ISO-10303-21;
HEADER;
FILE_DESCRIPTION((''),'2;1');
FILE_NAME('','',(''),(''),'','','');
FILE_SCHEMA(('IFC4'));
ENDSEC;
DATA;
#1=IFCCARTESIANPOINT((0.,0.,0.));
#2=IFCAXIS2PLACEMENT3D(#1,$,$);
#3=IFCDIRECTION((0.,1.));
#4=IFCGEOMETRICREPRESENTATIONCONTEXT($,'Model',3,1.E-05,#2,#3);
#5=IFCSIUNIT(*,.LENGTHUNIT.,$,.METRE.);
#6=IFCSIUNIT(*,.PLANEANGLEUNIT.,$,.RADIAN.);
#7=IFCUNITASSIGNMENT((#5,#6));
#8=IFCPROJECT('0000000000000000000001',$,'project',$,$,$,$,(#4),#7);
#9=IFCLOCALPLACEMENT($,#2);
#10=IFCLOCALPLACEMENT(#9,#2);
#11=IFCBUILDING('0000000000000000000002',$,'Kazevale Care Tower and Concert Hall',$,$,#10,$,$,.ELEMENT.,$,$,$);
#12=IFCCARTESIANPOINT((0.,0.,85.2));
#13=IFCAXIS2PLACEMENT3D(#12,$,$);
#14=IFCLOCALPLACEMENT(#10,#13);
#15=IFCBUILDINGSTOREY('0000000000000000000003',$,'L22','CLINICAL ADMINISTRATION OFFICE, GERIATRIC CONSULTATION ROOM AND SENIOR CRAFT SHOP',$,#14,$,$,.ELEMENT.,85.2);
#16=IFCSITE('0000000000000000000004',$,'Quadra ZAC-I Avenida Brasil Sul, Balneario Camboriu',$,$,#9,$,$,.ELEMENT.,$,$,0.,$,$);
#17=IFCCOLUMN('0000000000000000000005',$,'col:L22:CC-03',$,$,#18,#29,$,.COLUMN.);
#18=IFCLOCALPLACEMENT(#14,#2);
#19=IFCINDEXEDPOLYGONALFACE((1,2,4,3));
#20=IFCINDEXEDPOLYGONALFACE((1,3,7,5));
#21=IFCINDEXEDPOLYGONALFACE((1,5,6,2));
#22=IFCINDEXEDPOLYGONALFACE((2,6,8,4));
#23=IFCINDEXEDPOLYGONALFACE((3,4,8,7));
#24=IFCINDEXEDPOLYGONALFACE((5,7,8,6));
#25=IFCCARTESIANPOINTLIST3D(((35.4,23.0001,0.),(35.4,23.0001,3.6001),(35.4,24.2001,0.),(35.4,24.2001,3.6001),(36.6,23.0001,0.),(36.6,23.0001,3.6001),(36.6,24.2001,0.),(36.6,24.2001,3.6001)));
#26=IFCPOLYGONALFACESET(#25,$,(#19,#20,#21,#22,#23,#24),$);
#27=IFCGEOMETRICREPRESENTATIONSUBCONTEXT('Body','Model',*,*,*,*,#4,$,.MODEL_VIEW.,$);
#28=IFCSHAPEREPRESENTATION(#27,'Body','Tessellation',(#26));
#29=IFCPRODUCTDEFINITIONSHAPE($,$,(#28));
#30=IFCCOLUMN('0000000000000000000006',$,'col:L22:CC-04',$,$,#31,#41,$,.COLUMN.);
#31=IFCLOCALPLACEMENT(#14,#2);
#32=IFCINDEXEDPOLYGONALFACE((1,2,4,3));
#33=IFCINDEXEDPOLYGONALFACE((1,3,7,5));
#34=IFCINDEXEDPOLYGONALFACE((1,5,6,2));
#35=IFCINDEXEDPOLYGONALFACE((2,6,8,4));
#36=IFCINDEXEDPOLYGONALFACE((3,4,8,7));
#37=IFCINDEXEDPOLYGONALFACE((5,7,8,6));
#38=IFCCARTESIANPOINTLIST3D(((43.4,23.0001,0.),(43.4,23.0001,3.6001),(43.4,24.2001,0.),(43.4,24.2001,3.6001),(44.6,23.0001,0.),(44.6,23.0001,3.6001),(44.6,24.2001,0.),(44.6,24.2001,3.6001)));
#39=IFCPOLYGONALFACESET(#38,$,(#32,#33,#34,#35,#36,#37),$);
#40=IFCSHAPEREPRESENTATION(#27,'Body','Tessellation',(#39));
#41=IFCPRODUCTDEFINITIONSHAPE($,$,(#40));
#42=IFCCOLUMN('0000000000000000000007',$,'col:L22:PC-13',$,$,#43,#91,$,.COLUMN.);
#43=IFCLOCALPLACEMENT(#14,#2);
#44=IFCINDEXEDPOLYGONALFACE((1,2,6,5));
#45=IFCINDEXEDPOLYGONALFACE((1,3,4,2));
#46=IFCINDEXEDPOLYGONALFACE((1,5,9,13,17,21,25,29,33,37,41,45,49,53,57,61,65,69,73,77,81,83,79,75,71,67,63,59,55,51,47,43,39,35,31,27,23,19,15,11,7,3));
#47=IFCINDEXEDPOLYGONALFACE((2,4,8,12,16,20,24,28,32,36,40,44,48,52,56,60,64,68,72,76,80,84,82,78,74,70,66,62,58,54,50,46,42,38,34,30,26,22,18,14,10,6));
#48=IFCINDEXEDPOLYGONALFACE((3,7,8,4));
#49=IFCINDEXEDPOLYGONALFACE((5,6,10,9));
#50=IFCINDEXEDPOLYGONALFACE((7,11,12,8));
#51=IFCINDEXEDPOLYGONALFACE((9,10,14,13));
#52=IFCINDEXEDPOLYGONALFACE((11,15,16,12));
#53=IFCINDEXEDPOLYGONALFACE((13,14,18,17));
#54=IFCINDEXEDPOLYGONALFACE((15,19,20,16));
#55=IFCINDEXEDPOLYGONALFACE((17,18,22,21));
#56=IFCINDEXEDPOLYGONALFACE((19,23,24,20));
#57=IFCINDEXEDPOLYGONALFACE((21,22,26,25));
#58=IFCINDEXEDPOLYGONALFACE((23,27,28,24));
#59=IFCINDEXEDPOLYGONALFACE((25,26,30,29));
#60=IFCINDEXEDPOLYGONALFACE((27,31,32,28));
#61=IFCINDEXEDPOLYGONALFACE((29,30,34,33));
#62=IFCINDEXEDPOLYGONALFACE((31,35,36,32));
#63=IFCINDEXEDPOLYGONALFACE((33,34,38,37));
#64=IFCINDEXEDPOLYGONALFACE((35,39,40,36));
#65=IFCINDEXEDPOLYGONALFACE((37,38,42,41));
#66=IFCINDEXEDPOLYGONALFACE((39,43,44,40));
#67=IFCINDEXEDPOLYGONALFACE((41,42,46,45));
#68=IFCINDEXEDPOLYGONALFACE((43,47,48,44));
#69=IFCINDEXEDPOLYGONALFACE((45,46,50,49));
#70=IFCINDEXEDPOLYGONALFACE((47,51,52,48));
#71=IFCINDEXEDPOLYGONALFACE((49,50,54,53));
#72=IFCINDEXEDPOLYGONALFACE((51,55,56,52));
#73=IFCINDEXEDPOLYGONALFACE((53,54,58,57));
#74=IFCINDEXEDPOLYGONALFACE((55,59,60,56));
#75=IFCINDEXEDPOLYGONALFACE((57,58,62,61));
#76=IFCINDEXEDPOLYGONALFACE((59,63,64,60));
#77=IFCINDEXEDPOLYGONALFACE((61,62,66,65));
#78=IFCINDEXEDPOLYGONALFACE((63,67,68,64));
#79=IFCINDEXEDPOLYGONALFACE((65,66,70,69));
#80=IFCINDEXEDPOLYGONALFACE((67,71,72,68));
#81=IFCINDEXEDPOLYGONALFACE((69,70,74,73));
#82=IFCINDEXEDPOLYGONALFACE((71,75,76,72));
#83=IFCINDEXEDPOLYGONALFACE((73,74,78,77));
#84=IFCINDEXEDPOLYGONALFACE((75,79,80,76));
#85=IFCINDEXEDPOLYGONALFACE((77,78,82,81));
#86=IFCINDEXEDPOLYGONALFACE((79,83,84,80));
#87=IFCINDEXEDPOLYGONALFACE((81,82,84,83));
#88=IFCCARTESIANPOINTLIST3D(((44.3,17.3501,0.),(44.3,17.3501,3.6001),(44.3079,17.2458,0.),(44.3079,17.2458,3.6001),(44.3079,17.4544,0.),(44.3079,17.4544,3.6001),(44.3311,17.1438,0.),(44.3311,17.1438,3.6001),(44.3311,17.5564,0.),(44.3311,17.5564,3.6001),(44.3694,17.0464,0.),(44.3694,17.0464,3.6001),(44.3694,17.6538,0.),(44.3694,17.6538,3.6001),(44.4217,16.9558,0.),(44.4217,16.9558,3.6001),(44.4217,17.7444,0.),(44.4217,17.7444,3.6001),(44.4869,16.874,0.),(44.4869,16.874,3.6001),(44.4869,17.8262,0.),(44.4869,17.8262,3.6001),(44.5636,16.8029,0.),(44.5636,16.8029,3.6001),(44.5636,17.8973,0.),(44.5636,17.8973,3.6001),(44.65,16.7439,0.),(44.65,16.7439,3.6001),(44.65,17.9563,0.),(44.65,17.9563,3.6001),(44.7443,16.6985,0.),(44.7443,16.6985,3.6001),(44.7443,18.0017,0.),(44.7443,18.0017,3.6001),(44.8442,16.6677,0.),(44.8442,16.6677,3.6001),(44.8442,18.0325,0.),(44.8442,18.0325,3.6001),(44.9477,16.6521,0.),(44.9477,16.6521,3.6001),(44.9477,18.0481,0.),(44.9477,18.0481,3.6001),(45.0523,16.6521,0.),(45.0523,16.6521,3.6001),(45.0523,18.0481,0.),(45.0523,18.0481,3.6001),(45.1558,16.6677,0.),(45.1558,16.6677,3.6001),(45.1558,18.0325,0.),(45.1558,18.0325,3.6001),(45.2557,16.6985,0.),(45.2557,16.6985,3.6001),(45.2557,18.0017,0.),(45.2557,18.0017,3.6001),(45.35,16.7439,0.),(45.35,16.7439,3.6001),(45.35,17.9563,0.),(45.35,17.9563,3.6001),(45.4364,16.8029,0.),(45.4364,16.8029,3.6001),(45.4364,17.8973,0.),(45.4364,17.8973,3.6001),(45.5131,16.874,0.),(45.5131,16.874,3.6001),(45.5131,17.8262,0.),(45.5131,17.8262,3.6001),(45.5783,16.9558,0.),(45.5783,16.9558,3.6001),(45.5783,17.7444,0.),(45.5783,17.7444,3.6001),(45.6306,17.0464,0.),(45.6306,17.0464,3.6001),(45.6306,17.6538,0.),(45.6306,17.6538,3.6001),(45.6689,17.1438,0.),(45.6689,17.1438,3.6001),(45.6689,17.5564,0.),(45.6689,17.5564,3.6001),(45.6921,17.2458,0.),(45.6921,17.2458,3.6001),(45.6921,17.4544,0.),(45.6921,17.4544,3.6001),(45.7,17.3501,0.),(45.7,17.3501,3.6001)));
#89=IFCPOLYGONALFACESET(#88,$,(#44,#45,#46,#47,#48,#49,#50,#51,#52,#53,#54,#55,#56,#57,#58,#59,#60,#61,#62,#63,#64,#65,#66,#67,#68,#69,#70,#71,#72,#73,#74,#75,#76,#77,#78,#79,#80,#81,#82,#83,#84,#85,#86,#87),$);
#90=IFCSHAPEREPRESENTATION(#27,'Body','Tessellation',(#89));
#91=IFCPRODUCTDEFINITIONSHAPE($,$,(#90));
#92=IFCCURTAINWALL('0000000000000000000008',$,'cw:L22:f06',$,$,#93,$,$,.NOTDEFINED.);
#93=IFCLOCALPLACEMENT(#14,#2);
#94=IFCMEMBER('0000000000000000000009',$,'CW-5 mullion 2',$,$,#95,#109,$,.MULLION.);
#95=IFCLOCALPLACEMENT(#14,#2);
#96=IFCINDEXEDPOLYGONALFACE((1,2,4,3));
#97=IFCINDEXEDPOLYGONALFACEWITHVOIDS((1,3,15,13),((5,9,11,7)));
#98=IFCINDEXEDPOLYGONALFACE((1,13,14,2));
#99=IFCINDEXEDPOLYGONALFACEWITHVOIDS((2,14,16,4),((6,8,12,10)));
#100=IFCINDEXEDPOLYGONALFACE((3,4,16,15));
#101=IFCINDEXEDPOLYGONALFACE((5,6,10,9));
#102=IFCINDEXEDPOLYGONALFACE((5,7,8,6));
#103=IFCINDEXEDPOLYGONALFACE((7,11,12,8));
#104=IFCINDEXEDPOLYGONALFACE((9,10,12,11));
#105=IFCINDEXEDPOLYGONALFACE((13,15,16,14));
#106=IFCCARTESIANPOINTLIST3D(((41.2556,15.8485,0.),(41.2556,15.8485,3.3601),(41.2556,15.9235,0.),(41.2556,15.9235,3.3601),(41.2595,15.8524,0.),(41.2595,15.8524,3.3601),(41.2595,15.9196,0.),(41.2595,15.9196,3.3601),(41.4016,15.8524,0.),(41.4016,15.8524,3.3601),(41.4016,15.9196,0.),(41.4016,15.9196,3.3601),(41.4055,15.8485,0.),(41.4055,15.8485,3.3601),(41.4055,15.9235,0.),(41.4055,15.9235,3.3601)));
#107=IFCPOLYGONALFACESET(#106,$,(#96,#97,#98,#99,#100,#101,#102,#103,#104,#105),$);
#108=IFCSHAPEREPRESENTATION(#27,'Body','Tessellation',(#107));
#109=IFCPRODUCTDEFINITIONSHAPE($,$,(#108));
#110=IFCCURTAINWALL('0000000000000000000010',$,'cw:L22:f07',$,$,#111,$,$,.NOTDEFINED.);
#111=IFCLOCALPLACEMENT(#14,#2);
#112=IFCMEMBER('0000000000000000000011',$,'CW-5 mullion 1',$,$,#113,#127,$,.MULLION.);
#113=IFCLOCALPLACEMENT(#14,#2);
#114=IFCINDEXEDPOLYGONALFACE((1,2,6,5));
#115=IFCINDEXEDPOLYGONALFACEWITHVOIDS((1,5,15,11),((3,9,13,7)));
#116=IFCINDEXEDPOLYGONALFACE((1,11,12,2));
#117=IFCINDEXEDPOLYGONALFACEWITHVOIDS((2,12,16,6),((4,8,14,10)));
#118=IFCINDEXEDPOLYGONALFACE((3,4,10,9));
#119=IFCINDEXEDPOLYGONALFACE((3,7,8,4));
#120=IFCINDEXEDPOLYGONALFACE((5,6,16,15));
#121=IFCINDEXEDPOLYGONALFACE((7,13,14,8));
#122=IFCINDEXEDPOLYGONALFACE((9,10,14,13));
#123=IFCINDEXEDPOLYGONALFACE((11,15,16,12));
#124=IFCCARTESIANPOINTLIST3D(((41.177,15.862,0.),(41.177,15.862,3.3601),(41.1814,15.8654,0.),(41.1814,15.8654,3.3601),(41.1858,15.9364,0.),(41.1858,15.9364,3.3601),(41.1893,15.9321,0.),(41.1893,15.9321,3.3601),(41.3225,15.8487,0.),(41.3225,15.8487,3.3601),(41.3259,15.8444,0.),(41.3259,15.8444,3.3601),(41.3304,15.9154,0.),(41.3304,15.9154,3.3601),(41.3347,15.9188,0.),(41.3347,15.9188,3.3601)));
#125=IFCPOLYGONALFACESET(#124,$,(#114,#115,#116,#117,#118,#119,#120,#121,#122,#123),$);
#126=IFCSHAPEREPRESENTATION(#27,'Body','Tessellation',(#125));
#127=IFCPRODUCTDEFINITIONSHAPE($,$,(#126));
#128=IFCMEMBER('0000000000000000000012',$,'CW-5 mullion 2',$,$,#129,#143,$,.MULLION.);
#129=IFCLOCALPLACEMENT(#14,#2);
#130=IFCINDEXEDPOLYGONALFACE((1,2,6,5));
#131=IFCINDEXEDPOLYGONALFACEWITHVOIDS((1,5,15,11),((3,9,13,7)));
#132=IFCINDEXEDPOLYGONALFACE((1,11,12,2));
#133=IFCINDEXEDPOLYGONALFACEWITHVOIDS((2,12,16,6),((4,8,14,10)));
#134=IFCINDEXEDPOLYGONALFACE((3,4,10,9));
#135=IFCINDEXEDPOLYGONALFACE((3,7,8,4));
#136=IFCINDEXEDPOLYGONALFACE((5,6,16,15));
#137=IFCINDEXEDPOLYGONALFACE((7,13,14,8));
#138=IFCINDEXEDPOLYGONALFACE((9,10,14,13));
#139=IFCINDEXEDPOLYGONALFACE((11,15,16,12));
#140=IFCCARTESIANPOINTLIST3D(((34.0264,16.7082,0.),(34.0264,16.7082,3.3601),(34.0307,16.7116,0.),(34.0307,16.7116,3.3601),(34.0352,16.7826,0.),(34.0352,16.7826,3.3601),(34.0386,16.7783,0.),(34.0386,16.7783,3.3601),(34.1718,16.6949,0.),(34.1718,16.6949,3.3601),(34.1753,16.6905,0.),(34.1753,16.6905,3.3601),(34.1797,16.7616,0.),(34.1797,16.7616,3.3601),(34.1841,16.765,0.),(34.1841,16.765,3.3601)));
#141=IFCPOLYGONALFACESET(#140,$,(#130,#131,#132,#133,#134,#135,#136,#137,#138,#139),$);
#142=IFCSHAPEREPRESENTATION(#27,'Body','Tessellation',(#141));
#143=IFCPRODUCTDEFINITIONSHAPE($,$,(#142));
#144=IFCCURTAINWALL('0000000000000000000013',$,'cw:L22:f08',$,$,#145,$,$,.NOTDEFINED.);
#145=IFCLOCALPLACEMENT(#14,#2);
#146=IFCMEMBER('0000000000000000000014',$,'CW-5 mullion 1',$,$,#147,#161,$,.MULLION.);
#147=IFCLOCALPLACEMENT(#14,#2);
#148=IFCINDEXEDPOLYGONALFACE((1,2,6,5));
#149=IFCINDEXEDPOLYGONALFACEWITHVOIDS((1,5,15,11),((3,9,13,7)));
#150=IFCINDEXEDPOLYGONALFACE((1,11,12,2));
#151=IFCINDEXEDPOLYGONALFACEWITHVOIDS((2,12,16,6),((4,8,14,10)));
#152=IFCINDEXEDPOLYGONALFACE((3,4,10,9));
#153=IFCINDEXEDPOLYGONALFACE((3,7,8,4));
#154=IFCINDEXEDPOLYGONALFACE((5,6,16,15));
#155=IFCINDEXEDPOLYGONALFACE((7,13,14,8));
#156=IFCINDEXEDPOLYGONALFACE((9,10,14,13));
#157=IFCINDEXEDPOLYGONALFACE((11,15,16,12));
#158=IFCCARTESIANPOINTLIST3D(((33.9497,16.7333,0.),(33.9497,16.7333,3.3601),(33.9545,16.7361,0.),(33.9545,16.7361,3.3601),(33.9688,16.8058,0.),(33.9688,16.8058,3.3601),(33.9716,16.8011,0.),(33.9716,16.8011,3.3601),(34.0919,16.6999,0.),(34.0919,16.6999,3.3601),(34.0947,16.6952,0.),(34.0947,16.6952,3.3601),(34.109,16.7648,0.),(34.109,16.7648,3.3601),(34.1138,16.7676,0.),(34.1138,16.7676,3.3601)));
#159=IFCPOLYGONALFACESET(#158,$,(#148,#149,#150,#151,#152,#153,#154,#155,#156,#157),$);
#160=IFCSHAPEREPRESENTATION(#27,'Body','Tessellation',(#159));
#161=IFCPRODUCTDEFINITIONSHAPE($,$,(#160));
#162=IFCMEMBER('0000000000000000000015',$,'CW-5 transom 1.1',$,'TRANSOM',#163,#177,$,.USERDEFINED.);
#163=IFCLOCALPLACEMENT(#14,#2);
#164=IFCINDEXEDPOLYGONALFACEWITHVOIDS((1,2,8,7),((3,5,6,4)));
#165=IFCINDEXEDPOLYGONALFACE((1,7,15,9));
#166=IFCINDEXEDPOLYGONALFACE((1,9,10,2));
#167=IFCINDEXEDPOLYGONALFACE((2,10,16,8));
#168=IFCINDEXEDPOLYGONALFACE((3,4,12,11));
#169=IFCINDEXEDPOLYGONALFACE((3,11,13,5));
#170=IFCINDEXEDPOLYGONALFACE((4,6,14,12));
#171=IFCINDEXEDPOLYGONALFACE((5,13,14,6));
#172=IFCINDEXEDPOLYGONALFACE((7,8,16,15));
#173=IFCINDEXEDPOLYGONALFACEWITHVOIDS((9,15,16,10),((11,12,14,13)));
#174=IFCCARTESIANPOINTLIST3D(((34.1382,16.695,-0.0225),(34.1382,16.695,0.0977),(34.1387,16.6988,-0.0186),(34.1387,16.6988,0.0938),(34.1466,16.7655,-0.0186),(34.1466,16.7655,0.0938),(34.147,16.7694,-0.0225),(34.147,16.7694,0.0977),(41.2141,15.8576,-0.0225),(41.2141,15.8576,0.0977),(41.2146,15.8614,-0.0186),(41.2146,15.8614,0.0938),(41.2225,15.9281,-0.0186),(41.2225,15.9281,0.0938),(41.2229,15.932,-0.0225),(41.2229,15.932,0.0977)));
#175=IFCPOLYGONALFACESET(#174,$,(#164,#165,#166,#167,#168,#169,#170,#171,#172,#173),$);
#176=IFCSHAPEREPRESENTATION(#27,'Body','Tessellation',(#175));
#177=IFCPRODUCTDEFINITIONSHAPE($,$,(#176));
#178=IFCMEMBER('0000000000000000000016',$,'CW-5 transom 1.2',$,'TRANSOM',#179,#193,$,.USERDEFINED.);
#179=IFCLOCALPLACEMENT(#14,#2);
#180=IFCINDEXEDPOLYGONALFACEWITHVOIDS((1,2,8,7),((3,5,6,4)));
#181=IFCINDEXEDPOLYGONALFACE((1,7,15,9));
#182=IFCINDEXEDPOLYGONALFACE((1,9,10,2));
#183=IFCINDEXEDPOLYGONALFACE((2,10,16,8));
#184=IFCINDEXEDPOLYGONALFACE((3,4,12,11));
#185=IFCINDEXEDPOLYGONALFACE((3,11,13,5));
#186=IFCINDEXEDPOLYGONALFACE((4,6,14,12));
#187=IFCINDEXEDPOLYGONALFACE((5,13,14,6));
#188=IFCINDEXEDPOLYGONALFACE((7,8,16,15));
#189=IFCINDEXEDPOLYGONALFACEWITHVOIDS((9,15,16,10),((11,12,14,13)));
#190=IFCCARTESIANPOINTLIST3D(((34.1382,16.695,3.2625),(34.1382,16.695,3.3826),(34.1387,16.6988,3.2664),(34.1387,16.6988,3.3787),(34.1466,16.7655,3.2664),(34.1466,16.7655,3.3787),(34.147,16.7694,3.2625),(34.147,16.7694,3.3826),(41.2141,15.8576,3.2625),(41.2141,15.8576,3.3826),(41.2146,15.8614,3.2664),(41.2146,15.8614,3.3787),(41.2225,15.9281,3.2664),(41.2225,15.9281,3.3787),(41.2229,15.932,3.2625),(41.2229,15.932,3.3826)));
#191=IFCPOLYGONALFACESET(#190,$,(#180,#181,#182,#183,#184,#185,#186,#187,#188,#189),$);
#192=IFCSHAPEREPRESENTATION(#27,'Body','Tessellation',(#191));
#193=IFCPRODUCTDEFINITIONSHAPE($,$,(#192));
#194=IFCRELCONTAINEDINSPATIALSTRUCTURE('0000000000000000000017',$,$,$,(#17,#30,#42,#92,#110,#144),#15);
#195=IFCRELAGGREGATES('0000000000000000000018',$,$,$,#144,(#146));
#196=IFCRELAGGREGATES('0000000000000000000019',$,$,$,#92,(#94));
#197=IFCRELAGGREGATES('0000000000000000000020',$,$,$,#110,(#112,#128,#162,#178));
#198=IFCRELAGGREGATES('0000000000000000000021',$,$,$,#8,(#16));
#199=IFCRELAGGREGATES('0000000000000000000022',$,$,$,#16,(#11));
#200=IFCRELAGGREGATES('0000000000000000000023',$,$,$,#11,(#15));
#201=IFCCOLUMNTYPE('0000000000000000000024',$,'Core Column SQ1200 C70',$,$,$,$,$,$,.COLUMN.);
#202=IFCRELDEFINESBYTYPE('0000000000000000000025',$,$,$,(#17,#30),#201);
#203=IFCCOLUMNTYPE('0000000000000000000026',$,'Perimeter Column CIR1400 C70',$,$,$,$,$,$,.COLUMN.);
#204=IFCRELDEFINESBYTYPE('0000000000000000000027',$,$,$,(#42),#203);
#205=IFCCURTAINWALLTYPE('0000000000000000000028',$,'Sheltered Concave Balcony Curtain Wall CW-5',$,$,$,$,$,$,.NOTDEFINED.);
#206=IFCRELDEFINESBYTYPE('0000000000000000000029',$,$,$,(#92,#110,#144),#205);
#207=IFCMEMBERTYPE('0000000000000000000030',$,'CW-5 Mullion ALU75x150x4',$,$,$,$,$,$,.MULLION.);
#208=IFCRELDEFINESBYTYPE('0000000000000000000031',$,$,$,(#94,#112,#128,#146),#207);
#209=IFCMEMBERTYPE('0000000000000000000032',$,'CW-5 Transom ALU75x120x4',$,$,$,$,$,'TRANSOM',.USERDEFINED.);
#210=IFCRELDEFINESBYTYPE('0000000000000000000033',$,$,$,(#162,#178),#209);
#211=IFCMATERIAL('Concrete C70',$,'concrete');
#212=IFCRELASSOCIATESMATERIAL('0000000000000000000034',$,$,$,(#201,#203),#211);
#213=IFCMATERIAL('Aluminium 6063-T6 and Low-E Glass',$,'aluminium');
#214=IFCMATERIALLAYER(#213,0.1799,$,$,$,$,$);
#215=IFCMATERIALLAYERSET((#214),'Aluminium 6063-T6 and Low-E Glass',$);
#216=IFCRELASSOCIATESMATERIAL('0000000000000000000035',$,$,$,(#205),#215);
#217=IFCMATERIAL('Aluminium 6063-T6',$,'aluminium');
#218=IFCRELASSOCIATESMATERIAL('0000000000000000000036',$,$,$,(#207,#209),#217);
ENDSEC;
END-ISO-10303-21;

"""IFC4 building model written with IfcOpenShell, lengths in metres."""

from ifc_helpers import new_model, si_unit, direction, frame, origin, origin_2d, place, context, subcontext, project, spatial, rectangle, hollow_rectangle, circle, extrude, material, layer, layer_set, material_profile, profile_set, type_object, element, aggregate, save


model = new_model("IFC4")

# Units and contexts
model_context = context("Model", 3, precision=1e-05, world=origin(), true_north=direction((0.0, 1.0)))
body_context = subcontext(model_context, "Body", "Model", "MODEL_VIEW")
ifc_project = project(units=[si_unit("LENGTHUNIT", "METRE"), si_unit("PLANEANGLEUNIT", "RADIAN")], contexts=[model_context])

# Site, building, storey
site_placement = place(None, origin())
site = spatial("IfcSite", under=ifc_project, at=site_placement, Name="Quadra ZAC-I Avenida Brasil Sul, Balneario Camboriu", CompositionType="ELEMENT", RefElevation=0.0)
building_placement = place(site_placement, origin())
building = spatial("IfcBuilding", under=site, at=building_placement, Name="Kazevale Care Tower and Concert Hall", CompositionType="ELEMENT")
storey_placement = place(building_placement, frame((0.0, 0.0, 85.2)))
storey = spatial("IfcBuildingStorey", under=building, at=storey_placement, Name="L22", Description="CLINICAL ADMINISTRATION OFFICE, GERIATRIC CONSULTATION ROOM AND SENIOR CRAFT SHOP", CompositionType="ELEMENT", Elevation=85.2)

# Columns
ifc_material_1 = material(Name="Concrete C70", Category="concrete")
ifc_material_profile_1 = material_profile(ifc_material_1, rectangle(XDim=1.2, YDim=1.2, at=origin_2d()), Name="RC-SQ1200")
ifc_profile_set_1 = profile_set([ifc_material_profile_1], Name="Concrete C70")
column_type_1 = type_object("IfcColumnType", Name="Core Column SQ1200 C70", PredefinedType="COLUMN", material=ifc_profile_set_1)
for number, where, z_axis, x_axis, name in (
    (1, (36.0, 23.6001, 0.0), (0.0, 0.0, 1.0), (1.0, 0.0, 0.0), "col:L22:CC-03"),
    (2, (44.0, 23.6001, 0.0), (0.0, 0.0, 1.0), (1.0, 0.0, 0.0), "col:L22:CC-04"),
):
    element("IfcColumn", number, at=place(storey_placement, frame(where, z_axis=z_axis, x_axis=x_axis)), inside=storey, type_object=column_type_1, Name=name, PredefinedType="COLUMN", context=body_context, shape_type="SweptSolid", body=[
        extrude(rectangle(XDim=1.2, YDim=1.2, at=origin_2d()), origin(), (0.0, 0.0, 1.0), 3.6001),
    ])
ifc_material_profile_2 = material_profile(ifc_material_1, circle(Radius=0.7, at=origin_2d()), Name="RC-CIR1400")
ifc_profile_set_2 = profile_set([ifc_material_profile_2], Name="Concrete C70")
column_type_2 = type_object("IfcColumnType", Name="Perimeter Column CIR1400 C70", PredefinedType="COLUMN", material=ifc_profile_set_2)
column_placement = place(storey_placement, frame((45.0, 17.3501, 0.0), z_axis=(0.0, 0.0, 1.0), x_axis=(1.0, 0.0, 0.0)))
element("IfcColumn", 3, at=column_placement, inside=storey, type_object=column_type_2, Name="col:L22:PC-13", PredefinedType="COLUMN", context=body_context, shape_type="SweptSolid", body=[
    extrude(circle(Radius=0.7, at=origin_2d()), origin(), (0.0, 0.0, 1.0), 3.6001),
])

# Curtain wall, member
ifc_material_2 = material(Name="Aluminium 6063-T6 and Low-E Glass", Category="aluminium")
ifc_layer_1 = layer(ifc_material_2, 0.1799)
ifc_layer_set_1 = layer_set([ifc_layer_1], Name="Aluminium 6063-T6 and Low-E Glass")
curtain_wall_type = type_object("IfcCurtainWallType", Name="Sheltered Concave Balcony Curtain Wall CW-5", PredefinedType="NOTDEFINED", material=ifc_layer_set_1)
curtain_wall_1_placement = place(storey_placement, origin())
curtain_wall_1 = element("IfcCurtainWall", 4, at=curtain_wall_1_placement, inside=storey, type_object=curtain_wall_type, Name="cw:L22:f06", PredefinedType="NOTDEFINED")
ifc_material_3 = material(Name="Aluminium 6063-T6", Category="aluminium")
ifc_material_profile_3 = material_profile(ifc_material_3, hollow_rectangle(XDim=0.075, YDim=0.1499, WallThickness=0.0039, at=origin_2d()), Name="ALU75x150x4")
ifc_profile_set_3 = profile_set([ifc_material_profile_3], Name="Aluminium 6063-T6")
member_type_1 = type_object("IfcMemberType", Name="CW-5 Mullion ALU75x150x4", PredefinedType="MULLION", material=ifc_profile_set_3)
member_1_placement = place(storey_placement, frame((41.3306, 15.886, 0.0), z_axis=(0.0, 0.0, 1.0), x_axis=(0.0, -1.0, 0.0)))
member_1 = element("IfcMember", 5, at=member_1_placement, type_object=member_type_1, Name="CW-5 mullion 2", PredefinedType="MULLION", context=body_context, shape_type="SweptSolid", body=[
    extrude(hollow_rectangle(XDim=0.075, YDim=0.1499, WallThickness=0.0039, at=origin_2d()), origin(), (0.0, 0.0, 1.0), 3.3601),
])

# Curtain wall, members
curtain_wall_2_placement = place(storey_placement, origin())
curtain_wall_2 = element("IfcCurtainWall", 6, at=curtain_wall_2_placement, inside=storey, type_object=curtain_wall_type, Name="cw:L22:f07", PredefinedType="NOTDEFINED")
member_2_placement = place(storey_placement, frame((41.2559, 15.8904, 0.0), z_axis=(0.0, 0.0, 1.0), x_axis=(-0.117519, -0.993071, 0.0)))
member_2 = element("IfcMember", 7, at=member_2_placement, type_object=member_type_1, Name="CW-5 mullion 1", PredefinedType="MULLION", context=body_context, shape_type="SweptSolid", body=[
    extrude(hollow_rectangle(XDim=0.075, YDim=0.1499, WallThickness=0.0039, at=origin_2d()), origin(), (0.0, 0.0, 1.0), 3.3601),
])
member_3_placement = place(storey_placement, frame((34.1052, 16.7366, 0.0), z_axis=(0.0, 0.0, 1.0), x_axis=(-0.117519, -0.993071, 0.0)))
member_3 = element("IfcMember", 8, at=member_3_placement, type_object=member_type_1, Name="CW-5 mullion 2", PredefinedType="MULLION", context=body_context, shape_type="SweptSolid", body=[
    extrude(hollow_rectangle(XDim=0.075, YDim=0.1499, WallThickness=0.0039, at=origin_2d()), origin(), (0.0, 0.0, 1.0), 3.3601),
])

# Curtain wall, member
curtain_wall_3_placement = place(storey_placement, origin())
curtain_wall_3 = element("IfcCurtainWall", 9, at=curtain_wall_3_placement, inside=storey, type_object=curtain_wall_type, Name="cw:L22:f08", PredefinedType="NOTDEFINED")
member_4_placement = place(storey_placement, frame((34.0317, 16.7505, 0.0), z_axis=(0.0, 0.0, 1.0), x_axis=(-0.254829, -0.966986, 0.0)))
member_4 = element("IfcMember", 10, at=member_4_placement, type_object=member_type_1, Name="CW-5 mullion 1", PredefinedType="MULLION", context=body_context, shape_type="SweptSolid", body=[
    extrude(hollow_rectangle(XDim=0.075, YDim=0.1499, WallThickness=0.0039, at=origin_2d()), origin(), (0.0, 0.0, 1.0), 3.3601),
])

# Members
ifc_material_profile_4 = material_profile(ifc_material_3, hollow_rectangle(XDim=0.075, YDim=0.1201, WallThickness=0.0039, at=origin_2d()), Name="ALU75x120x4")
ifc_profile_set_4 = profile_set([ifc_material_profile_4], Name="Aluminium 6063-T6")
member_type_2 = type_object("IfcMemberType", Name="CW-5 Transom ALU75x120x4", ElementType="TRANSOM", PredefinedType="USERDEFINED", material=ifc_profile_set_4)
member_5_placement = place(storey_placement, frame((41.2185, 15.8948, 0.0376), z_axis=(-0.99307, 0.117525, 0.0), x_axis=(-0.117525, -0.99307, 0.0)))
member_5 = element("IfcMember", 11, at=member_5_placement, type_object=member_type_2, Name="CW-5 transom 1.1", ObjectType="TRANSOM", PredefinedType="USERDEFINED", context=body_context, shape_type="SweptSolid", body=[
    extrude(hollow_rectangle(XDim=0.075, YDim=0.1201, WallThickness=0.0039, at=origin_2d()), origin(), (0.0, 0.0, 1.0), 7.1252),
])
member_6_placement = place(storey_placement, frame((41.2185, 15.8948, 3.3225), z_axis=(-0.99307, 0.117525, 0.0), x_axis=(-0.117525, -0.99307, 0.0)))
member_6 = element("IfcMember", 12, at=member_6_placement, type_object=member_type_2, Name="CW-5 transom 1.2", ObjectType="TRANSOM", PredefinedType="USERDEFINED", context=body_context, shape_type="SweptSolid", body=[
    extrude(hollow_rectangle(XDim=0.075, YDim=0.1201, WallThickness=0.0039, at=origin_2d()), origin(), (0.0, 0.0, 1.0), 7.1252),
])
aggregate(curtain_wall_3, [member_4])

aggregate(curtain_wall_1, [member_1])
aggregate(curtain_wall_2, [member_2, member_3, member_5, member_6])

save(model, "model.ifc")
